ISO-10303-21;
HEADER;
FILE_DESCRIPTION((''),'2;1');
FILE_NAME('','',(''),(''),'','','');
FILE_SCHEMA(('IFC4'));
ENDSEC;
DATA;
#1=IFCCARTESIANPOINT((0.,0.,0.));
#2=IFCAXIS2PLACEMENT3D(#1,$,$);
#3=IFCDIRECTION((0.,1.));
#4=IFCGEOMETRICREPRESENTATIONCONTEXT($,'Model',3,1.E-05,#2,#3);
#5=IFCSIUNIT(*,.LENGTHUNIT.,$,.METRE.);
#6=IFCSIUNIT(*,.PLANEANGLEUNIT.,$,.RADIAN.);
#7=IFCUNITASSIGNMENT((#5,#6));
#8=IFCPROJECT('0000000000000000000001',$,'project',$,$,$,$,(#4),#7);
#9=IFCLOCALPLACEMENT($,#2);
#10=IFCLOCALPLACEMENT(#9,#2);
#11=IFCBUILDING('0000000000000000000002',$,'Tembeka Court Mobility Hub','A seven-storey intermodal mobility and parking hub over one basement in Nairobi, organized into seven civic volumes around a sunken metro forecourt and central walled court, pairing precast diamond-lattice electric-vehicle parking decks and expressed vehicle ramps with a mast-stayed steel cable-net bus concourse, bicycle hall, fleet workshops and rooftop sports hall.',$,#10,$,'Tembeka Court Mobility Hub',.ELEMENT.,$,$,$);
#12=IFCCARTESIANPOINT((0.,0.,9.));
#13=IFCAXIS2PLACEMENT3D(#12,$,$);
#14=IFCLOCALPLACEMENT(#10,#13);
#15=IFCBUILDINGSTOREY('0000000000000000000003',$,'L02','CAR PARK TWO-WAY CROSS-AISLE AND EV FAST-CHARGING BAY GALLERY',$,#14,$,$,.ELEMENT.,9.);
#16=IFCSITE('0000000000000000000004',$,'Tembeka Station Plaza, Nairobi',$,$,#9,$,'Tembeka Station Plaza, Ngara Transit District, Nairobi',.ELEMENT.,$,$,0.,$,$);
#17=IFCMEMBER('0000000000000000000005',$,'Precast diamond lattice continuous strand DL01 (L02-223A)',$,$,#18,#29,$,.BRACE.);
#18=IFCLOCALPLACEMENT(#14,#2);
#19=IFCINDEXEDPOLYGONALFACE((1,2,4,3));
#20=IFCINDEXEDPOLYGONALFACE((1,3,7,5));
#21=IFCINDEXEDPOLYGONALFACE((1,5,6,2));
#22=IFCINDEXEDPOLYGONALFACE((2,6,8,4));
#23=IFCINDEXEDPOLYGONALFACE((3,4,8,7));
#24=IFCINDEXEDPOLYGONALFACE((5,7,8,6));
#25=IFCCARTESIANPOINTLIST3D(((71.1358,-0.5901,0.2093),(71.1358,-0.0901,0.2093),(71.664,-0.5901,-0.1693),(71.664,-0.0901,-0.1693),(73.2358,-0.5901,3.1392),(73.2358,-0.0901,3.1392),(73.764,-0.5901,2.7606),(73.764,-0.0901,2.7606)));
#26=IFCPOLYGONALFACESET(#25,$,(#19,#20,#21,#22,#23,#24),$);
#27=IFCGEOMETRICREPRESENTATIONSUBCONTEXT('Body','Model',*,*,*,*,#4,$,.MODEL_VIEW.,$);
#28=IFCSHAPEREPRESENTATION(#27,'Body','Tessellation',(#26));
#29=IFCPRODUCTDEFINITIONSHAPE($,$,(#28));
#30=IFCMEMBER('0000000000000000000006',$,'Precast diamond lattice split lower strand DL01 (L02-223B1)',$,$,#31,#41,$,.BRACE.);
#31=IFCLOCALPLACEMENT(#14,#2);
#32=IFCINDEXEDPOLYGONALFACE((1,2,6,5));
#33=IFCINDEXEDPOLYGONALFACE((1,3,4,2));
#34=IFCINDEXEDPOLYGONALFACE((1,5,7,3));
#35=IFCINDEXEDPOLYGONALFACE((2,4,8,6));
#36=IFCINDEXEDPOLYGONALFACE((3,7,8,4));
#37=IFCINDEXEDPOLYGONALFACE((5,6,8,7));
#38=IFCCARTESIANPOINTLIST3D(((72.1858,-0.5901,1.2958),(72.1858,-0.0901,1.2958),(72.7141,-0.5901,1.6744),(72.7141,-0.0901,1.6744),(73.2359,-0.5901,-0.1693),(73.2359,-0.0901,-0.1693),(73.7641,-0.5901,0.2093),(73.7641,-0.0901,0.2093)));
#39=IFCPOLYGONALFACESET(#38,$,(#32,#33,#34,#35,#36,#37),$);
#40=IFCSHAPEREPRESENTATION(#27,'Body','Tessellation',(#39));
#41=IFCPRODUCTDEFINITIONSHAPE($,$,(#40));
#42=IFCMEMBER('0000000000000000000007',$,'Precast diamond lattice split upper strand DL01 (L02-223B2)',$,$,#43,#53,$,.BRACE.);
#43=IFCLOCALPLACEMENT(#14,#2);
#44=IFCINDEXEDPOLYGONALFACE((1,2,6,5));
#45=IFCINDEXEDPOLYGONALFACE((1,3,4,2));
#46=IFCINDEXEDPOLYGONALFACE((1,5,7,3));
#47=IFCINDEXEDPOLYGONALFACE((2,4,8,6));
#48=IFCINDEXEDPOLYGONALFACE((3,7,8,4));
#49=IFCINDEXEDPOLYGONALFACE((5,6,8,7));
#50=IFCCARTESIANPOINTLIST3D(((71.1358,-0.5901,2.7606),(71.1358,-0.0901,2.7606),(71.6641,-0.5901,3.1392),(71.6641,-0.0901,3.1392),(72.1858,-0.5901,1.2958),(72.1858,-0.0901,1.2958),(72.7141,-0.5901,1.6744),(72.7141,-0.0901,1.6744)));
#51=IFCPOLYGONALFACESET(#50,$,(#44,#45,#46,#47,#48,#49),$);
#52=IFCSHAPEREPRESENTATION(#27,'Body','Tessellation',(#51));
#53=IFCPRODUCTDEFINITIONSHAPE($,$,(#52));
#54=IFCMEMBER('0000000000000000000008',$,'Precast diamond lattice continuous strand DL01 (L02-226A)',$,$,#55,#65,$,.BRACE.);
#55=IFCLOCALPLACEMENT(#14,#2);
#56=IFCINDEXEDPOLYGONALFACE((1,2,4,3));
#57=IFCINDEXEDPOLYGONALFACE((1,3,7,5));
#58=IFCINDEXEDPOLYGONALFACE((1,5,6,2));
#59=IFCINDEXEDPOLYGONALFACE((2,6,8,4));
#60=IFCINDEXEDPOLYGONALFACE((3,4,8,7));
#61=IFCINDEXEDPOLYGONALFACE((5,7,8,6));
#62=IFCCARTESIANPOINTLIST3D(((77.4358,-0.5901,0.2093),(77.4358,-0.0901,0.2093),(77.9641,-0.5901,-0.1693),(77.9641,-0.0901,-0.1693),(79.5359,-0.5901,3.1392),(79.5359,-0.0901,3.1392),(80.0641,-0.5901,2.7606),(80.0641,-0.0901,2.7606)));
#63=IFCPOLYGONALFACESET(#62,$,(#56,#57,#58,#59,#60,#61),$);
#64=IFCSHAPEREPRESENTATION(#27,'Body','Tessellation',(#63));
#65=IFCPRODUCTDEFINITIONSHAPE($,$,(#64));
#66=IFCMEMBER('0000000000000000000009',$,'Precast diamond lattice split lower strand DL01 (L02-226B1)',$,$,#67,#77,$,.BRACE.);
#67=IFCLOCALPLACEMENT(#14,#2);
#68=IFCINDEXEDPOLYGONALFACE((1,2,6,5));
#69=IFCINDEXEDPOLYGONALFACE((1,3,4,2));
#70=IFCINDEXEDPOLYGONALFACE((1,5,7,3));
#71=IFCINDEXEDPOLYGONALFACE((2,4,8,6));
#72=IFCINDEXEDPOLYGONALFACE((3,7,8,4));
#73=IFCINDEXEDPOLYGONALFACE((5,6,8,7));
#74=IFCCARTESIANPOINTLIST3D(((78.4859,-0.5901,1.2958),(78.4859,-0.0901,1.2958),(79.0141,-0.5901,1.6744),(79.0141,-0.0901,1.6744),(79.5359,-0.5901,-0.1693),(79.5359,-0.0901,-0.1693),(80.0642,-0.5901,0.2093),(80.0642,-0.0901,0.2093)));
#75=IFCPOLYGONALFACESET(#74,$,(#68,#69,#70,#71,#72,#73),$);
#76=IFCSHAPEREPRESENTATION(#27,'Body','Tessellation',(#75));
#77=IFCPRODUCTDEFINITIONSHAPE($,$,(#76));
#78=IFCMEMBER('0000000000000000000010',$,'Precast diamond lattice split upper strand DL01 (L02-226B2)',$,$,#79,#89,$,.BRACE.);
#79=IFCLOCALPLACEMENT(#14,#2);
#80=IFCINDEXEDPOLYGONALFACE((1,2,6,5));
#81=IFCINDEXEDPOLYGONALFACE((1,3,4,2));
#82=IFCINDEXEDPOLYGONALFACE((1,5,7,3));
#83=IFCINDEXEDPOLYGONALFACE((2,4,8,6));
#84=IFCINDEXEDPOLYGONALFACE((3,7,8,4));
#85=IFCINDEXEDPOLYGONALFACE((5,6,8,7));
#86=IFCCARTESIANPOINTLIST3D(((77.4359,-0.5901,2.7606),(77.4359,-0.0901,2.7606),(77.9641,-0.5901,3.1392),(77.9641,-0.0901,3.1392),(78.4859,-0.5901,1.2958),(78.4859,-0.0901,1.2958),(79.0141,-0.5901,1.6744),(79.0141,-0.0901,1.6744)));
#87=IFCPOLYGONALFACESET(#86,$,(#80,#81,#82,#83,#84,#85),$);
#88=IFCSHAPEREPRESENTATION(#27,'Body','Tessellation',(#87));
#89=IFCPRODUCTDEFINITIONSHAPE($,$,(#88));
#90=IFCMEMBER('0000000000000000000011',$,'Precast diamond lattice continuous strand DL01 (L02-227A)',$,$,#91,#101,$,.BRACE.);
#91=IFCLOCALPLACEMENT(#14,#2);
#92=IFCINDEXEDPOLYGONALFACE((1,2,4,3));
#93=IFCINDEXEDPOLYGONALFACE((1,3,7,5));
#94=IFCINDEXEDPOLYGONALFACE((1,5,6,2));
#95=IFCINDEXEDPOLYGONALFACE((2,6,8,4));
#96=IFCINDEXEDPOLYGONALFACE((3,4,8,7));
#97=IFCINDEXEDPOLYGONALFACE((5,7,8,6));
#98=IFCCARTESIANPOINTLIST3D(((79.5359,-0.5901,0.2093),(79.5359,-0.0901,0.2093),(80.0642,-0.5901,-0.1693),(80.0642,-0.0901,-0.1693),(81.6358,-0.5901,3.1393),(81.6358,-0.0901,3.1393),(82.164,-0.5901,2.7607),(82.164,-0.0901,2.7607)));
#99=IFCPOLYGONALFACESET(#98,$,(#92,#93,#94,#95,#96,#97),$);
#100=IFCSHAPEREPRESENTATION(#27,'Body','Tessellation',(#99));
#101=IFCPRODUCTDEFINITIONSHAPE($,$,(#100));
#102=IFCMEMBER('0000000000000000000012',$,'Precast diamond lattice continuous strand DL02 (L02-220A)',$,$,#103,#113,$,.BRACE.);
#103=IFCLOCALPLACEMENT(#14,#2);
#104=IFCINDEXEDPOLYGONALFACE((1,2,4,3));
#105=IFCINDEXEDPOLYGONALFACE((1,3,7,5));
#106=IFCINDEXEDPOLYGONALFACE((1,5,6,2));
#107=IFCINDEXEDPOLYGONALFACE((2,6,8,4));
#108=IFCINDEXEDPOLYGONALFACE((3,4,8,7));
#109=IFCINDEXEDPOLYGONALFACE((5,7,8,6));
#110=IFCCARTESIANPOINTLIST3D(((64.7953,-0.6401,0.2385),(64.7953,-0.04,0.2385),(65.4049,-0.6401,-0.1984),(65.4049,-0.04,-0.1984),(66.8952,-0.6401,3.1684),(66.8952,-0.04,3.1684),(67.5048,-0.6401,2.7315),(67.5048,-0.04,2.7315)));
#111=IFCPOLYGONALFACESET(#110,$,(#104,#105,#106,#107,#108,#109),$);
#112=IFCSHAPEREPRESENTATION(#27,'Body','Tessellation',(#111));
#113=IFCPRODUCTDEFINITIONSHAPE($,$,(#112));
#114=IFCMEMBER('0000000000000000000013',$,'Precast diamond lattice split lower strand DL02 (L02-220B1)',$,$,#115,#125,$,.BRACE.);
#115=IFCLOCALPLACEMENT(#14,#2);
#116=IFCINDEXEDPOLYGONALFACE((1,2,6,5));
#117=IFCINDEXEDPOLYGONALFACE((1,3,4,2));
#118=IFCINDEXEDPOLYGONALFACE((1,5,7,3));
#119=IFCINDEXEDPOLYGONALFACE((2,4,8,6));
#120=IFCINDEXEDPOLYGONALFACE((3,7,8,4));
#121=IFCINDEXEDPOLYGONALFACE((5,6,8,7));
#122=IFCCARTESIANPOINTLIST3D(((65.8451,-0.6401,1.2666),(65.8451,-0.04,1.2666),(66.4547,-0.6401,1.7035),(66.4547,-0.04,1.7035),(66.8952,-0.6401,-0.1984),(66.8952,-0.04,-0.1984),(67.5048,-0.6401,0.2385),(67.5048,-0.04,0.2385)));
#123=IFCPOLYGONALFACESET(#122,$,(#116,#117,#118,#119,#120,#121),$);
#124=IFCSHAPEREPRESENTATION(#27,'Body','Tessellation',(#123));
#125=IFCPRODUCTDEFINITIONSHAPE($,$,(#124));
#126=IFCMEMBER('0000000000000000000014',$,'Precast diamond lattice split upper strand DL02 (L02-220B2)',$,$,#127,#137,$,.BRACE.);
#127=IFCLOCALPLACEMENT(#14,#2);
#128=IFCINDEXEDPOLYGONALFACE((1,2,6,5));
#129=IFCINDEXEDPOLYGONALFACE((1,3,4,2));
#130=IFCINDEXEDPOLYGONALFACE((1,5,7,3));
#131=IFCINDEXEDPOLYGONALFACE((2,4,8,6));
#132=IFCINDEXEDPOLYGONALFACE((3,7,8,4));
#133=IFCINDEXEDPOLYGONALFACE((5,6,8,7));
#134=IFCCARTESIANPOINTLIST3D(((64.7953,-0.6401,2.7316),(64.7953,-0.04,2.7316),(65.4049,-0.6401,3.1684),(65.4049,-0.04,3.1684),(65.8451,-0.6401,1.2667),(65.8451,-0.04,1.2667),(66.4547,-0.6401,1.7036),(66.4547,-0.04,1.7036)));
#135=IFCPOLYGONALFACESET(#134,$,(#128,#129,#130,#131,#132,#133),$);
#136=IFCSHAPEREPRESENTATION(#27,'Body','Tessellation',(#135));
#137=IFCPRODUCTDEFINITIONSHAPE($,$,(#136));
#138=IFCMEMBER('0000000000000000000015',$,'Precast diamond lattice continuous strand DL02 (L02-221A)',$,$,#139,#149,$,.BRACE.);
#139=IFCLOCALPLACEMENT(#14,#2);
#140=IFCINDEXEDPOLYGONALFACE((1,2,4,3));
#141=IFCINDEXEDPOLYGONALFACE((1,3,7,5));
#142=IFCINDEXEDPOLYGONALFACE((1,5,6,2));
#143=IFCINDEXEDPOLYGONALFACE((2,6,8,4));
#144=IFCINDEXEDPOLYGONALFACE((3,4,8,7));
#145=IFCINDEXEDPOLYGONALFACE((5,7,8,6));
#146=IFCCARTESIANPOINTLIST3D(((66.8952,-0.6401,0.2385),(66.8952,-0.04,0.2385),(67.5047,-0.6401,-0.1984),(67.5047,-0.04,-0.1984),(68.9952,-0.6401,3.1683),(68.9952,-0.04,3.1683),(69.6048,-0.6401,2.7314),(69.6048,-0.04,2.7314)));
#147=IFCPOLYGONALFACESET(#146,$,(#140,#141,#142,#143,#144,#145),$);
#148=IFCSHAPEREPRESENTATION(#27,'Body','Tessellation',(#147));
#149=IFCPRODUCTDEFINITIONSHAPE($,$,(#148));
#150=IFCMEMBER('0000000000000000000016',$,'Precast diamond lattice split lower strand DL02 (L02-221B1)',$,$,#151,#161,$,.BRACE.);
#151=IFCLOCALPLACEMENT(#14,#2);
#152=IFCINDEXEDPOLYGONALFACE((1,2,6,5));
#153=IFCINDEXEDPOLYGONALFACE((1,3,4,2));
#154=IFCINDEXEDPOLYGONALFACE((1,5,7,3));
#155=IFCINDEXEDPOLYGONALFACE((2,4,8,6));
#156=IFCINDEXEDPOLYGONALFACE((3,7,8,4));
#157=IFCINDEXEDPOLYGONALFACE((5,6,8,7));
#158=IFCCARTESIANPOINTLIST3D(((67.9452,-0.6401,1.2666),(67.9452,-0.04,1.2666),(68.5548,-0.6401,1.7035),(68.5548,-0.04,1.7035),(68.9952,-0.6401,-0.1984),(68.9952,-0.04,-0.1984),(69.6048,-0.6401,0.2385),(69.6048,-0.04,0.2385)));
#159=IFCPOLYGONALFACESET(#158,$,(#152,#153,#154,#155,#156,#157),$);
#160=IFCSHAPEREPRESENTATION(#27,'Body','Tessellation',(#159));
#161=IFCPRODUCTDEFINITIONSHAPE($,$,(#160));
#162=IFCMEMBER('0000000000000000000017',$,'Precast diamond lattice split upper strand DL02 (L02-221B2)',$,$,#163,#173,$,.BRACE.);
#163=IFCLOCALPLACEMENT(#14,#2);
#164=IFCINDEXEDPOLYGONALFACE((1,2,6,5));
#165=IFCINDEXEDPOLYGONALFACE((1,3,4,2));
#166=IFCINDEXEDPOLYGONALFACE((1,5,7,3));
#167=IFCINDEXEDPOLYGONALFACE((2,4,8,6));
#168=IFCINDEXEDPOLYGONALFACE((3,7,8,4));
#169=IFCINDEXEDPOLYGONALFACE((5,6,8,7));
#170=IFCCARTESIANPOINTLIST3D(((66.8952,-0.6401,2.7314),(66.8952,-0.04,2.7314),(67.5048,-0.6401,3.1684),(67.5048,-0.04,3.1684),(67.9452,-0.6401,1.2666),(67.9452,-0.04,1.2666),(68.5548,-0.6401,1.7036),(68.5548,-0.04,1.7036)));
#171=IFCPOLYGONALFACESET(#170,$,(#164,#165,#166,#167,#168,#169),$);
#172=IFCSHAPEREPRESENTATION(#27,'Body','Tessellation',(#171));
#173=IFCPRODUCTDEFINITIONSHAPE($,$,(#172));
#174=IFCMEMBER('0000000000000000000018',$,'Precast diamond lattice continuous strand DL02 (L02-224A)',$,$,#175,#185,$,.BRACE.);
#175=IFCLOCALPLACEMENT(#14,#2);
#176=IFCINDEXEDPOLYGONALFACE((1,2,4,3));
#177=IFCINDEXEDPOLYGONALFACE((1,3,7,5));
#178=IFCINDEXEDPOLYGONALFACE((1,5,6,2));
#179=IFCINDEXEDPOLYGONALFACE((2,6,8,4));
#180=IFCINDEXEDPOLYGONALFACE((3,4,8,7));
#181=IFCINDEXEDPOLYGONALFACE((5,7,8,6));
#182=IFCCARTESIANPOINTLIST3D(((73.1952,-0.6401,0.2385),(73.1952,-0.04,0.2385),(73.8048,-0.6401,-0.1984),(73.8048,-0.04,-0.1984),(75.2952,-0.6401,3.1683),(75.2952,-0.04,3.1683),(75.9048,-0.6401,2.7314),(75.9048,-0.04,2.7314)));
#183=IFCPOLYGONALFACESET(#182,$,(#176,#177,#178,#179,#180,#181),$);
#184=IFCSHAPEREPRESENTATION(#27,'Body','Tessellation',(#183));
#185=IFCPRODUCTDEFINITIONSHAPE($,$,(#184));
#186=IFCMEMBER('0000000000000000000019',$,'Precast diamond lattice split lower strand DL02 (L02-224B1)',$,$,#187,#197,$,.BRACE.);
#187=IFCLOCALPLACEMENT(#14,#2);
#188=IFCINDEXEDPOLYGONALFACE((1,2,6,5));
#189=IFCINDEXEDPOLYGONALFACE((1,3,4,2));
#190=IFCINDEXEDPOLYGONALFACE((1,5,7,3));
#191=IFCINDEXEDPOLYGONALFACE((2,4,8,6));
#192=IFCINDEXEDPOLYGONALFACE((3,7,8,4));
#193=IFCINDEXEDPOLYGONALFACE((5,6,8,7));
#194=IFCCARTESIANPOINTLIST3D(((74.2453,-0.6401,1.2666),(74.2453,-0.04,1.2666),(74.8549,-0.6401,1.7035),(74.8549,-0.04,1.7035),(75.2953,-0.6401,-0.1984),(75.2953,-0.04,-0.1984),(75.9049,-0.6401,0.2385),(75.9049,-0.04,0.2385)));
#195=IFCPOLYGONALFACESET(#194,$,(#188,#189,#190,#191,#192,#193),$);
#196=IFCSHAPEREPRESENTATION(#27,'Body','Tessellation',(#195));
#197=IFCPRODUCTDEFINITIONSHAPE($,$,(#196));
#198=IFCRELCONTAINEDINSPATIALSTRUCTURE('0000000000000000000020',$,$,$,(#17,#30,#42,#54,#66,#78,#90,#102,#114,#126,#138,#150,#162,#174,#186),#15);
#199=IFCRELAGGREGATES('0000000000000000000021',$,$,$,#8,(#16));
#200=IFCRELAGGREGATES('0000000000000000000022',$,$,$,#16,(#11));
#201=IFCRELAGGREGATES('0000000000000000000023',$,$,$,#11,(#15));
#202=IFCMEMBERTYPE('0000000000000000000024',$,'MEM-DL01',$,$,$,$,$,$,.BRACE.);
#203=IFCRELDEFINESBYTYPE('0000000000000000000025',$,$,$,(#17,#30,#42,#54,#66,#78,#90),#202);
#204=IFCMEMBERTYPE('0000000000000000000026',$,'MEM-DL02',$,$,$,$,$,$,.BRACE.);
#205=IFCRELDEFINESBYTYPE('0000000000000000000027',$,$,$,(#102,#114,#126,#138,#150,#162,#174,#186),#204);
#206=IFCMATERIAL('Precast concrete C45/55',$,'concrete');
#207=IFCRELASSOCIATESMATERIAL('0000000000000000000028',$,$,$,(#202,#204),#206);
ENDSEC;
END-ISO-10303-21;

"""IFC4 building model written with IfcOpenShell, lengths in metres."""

from ifc_helpers import new_model, si_unit, direction, frame, origin, origin_2d, place, context, subcontext, project, spatial, rectangle, extrude, material, material_profile, profile_set, type_object, element, save


model = new_model("IFC4")

# Units and contexts
model_context = context("Model", 3, precision=1e-05, world=origin(), true_north=direction((0.0, 1.0)))
body_context = subcontext(model_context, "Body", "Model", "MODEL_VIEW")
ifc_project = project(units=[si_unit("LENGTHUNIT", "METRE"), si_unit("PLANEANGLEUNIT", "RADIAN")], contexts=[model_context])

# Site, building, storey
site_placement = place(None, origin())
site = spatial("IfcSite", under=ifc_project, at=site_placement, Name="Tembeka Station Plaza, Nairobi", LongName="Tembeka Station Plaza, Ngara Transit District, Nairobi", CompositionType="ELEMENT", RefElevation=0.0)
building_placement = place(site_placement, origin())
building = spatial("IfcBuilding", under=site, at=building_placement, Name="Tembeka Court Mobility Hub", Description="A seven-storey intermodal mobility and parking hub over one basement in Nairobi, organized into seven civic volumes around a sunken metro forecourt and central walled court, pairing precast diamond-lattice electric-vehicle parking decks and expressed vehicle ramps with a mast-stayed steel cable-net bus concourse, bicycle hall, fleet workshops and rooftop sports hall.", LongName="Tembeka Court Mobility Hub", CompositionType="ELEMENT")
storey_placement = place(building_placement, frame((0.0, 0.0, 9.0)))
storey = spatial("IfcBuildingStorey", under=building, at=storey_placement, Name="L02", Description="CAR PARK TWO-WAY CROSS-AISLE AND EV FAST-CHARGING BAY GALLERY", CompositionType="ELEMENT", Elevation=9.0)

# Shared definitions
ifc_material_1 = material(Name="Precast concrete C45/55", Category="concrete")

# Members
ifc_material_profile_1 = material_profile(ifc_material_1, rectangle(XDim=0.5, YDim=0.6499, at=origin_2d()), Name="PC-DIAG 500x650")
ifc_profile_set_1 = profile_set([ifc_material_profile_1], Name="Precast concrete C45/55")
member_type_1 = type_object("IfcMemberType", Name="MEM-DL01", PredefinedType="BRACE", material=ifc_profile_set_1)
member_1_placement = place(storey_placement, frame((71.3999, -0.3401, 0.02), z_axis=(0.582576, 0.0, 0.812776), x_axis=(0.0, 1.0, 0.0)))
element("IfcMember", 1, at=member_1_placement, inside=storey, type_object=member_type_1, Name="Precast diamond lattice continuous strand DL01 (L02-223A)", PredefinedType="BRACE", context=body_context, shape_type="SweptSolid", body=[
    extrude(rectangle(XDim=0.5, YDim=0.6499, at=origin_2d()), origin(), (0.0, 0.0, 1.0), 3.6047),
])
member_2_placement = place(storey_placement, frame((73.5, -0.3401, 0.02), z_axis=(-0.582544, 0.0, 0.812799), x_axis=(0.0, -1.0, 0.0)))
element("IfcMember", 2, at=member_2_placement, inside=storey, type_object=member_type_1, Name="Precast diamond lattice split lower strand DL01 (L02-223B1)", PredefinedType="BRACE", context=body_context, shape_type="SweptSolid", body=[
    extrude(rectangle(XDim=0.5, YDim=0.6499, at=origin_2d()), origin(), (0.0, 0.0, 1.0), 1.8025),
])
member_3_placement = place(storey_placement, frame((72.45, -0.3401, 1.4851), z_axis=(-0.582608, 0.0, 0.812753), x_axis=(0.0, -1.0, 0.0)))
element("IfcMember", 3, at=member_3_placement, inside=storey, type_object=member_type_1, Name="Precast diamond lattice split upper strand DL01 (L02-223B2)", PredefinedType="BRACE", context=body_context, shape_type="SweptSolid", body=[
    extrude(rectangle(XDim=0.5, YDim=0.6499, at=origin_2d()), origin(), (0.0, 0.0, 1.0), 1.8022),
])
member_4_placement = place(storey_placement, frame((77.7, -0.3401, 0.02), z_axis=(0.582576, 0.0, 0.812776), x_axis=(0.0, 1.0, 0.0)))
element("IfcMember", 4, at=member_4_placement, inside=storey, type_object=member_type_1, Name="Precast diamond lattice continuous strand DL01 (L02-226A)", PredefinedType="BRACE", context=body_context, shape_type="SweptSolid", body=[
    extrude(rectangle(XDim=0.5, YDim=0.6499, at=origin_2d()), origin(), (0.0, 0.0, 1.0), 3.6047),
])
member_5_placement = place(storey_placement, frame((79.8, -0.3401, 0.02), z_axis=(-0.582544, 0.0, 0.812799), x_axis=(0.0, -1.0, 0.0)))
element("IfcMember", 5, at=member_5_placement, inside=storey, type_object=member_type_1, Name="Precast diamond lattice split lower strand DL01 (L02-226B1)", PredefinedType="BRACE", context=body_context, shape_type="SweptSolid", body=[
    extrude(rectangle(XDim=0.5, YDim=0.6499, at=origin_2d()), origin(), (0.0, 0.0, 1.0), 1.8025),
])
member_6_placement = place(storey_placement, frame((78.75, -0.3401, 1.4851), z_axis=(-0.582608, 0.0, 0.812753), x_axis=(0.0, -1.0, 0.0)))
element("IfcMember", 6, at=member_6_placement, inside=storey, type_object=member_type_1, Name="Precast diamond lattice split upper strand DL01 (L02-226B2)", PredefinedType="BRACE", context=body_context, shape_type="SweptSolid", body=[
    extrude(rectangle(XDim=0.5, YDim=0.6499, at=origin_2d()), origin(), (0.0, 0.0, 1.0), 1.8022),
])
member_7_placement = place(storey_placement, frame((79.8, -0.3401, 0.02), z_axis=(0.582532, 0.0, 0.812808), x_axis=(0.0, 1.0, 0.0)))
element("IfcMember", 7, at=member_7_placement, inside=storey, type_object=member_type_1, Name="Precast diamond lattice continuous strand DL01 (L02-227A)", PredefinedType="BRACE", context=body_context, shape_type="SweptSolid", body=[
    extrude(rectangle(XDim=0.5, YDim=0.6499, at=origin_2d()), origin(), (0.0, 0.0, 1.0), 3.6047),
])
ifc_material_profile_2 = material_profile(ifc_material_1, rectangle(XDim=0.6001, YDim=0.75, at=origin_2d()), Name="PC-DIAG 600x750")
ifc_profile_set_2 = profile_set([ifc_material_profile_2], Name="Precast concrete C45/55")
member_type_2 = type_object("IfcMemberType", Name="MEM-DL02", PredefinedType="BRACE", material=ifc_profile_set_2)
member_8_placement = place(storey_placement, frame((65.1001, -0.3401, 0.02), z_axis=(0.582532, 0.0, 0.812808), x_axis=(0.0, 1.0, 0.0)))
element("IfcMember", 8, at=member_8_placement, inside=storey, type_object=member_type_2, Name="Precast diamond lattice continuous strand DL02 (L02-220A)", PredefinedType="BRACE", context=body_context, shape_type="SweptSolid", body=[
    extrude(rectangle(XDim=0.6001, YDim=0.75, at=origin_2d()), origin(), (0.0, 0.0, 1.0), 3.6047),
])
member_9_placement = place(storey_placement, frame((67.2, -0.3401, 0.02), z_axis=(-0.582544, 0.0, 0.812799), x_axis=(0.0, -1.0, 0.0)))
element("IfcMember", 9, at=member_9_placement, inside=storey, type_object=member_type_2, Name="Precast diamond lattice split lower strand DL02 (L02-220B1)", PredefinedType="BRACE", context=body_context, shape_type="SweptSolid", body=[
    extrude(rectangle(XDim=0.6001, YDim=0.75, at=origin_2d()), origin(), (0.0, 0.0, 1.0), 1.8025),
])
member_10_placement = place(storey_placement, frame((66.1499, -0.3401, 1.4851), z_axis=(-0.582519, 0.0, 0.812817), x_axis=(0.0, -1.0, 0.0)))
element("IfcMember", 10, at=member_10_placement, inside=storey, type_object=member_type_2, Name="Precast diamond lattice split upper strand DL02 (L02-220B2)", PredefinedType="BRACE", context=body_context, shape_type="SweptSolid", body=[
    extrude(rectangle(XDim=0.6001, YDim=0.75, at=origin_2d()), origin(), (0.0, 0.0, 1.0), 1.8022),
])
member_11_placement = place(storey_placement, frame((67.2, -0.3401, 0.02), z_axis=(0.582576, 0.0, 0.812776), x_axis=(0.0, 1.0, 0.0)))
element("IfcMember", 11, at=member_11_placement, inside=storey, type_object=member_type_2, Name="Precast diamond lattice continuous strand DL02 (L02-221A)", PredefinedType="BRACE", context=body_context, shape_type="SweptSolid", body=[
    extrude(rectangle(XDim=0.6001, YDim=0.75, at=origin_2d()), origin(), (0.0, 0.0, 1.0), 3.6047),
])
member_12_placement = place(storey_placement, frame((69.3, -0.3401, 0.02), z_axis=(-0.582544, 0.0, 0.812799), x_axis=(0.0, -1.0, 0.0)))
element("IfcMember", 12, at=member_12_placement, inside=storey, type_object=member_type_2, Name="Precast diamond lattice split lower strand DL02 (L02-221B1)", PredefinedType="BRACE", context=body_context, shape_type="SweptSolid", body=[
    extrude(rectangle(XDim=0.6001, YDim=0.75, at=origin_2d()), origin(), (0.0, 0.0, 1.0), 1.8025),
])
member_13_placement = place(storey_placement, frame((68.25, -0.3401, 1.4851), z_axis=(-0.582608, 0.0, 0.812753), x_axis=(0.0, -1.0, 0.0)))
element("IfcMember", 13, at=member_13_placement, inside=storey, type_object=member_type_2, Name="Precast diamond lattice split upper strand DL02 (L02-221B2)", PredefinedType="BRACE", context=body_context, shape_type="SweptSolid", body=[
    extrude(rectangle(XDim=0.6001, YDim=0.75, at=origin_2d()), origin(), (0.0, 0.0, 1.0), 1.8022),
])
member_14_placement = place(storey_placement, frame((73.5, -0.3401, 0.02), z_axis=(0.582576, 0.0, 0.812776), x_axis=(0.0, 1.0, 0.0)))
element("IfcMember", 14, at=member_14_placement, inside=storey, type_object=member_type_2, Name="Precast diamond lattice continuous strand DL02 (L02-224A)", PredefinedType="BRACE", context=body_context, shape_type="SweptSolid", body=[
    extrude(rectangle(XDim=0.6001, YDim=0.75, at=origin_2d()), origin(), (0.0, 0.0, 1.0), 3.6047),
])
member_15_placement = place(storey_placement, frame((75.6001, -0.3401, 0.02), z_axis=(-0.582544, 0.0, 0.812799), x_axis=(0.0, -1.0, 0.0)))
element("IfcMember", 15, at=member_15_placement, inside=storey, type_object=member_type_2, Name="Precast diamond lattice split lower strand DL02 (L02-224B1)", PredefinedType="BRACE", context=body_context, shape_type="SweptSolid", body=[
    extrude(rectangle(XDim=0.6001, YDim=0.75, at=origin_2d()), origin(), (0.0, 0.0, 1.0), 1.8025),
])

save(model, "model.ifc")
